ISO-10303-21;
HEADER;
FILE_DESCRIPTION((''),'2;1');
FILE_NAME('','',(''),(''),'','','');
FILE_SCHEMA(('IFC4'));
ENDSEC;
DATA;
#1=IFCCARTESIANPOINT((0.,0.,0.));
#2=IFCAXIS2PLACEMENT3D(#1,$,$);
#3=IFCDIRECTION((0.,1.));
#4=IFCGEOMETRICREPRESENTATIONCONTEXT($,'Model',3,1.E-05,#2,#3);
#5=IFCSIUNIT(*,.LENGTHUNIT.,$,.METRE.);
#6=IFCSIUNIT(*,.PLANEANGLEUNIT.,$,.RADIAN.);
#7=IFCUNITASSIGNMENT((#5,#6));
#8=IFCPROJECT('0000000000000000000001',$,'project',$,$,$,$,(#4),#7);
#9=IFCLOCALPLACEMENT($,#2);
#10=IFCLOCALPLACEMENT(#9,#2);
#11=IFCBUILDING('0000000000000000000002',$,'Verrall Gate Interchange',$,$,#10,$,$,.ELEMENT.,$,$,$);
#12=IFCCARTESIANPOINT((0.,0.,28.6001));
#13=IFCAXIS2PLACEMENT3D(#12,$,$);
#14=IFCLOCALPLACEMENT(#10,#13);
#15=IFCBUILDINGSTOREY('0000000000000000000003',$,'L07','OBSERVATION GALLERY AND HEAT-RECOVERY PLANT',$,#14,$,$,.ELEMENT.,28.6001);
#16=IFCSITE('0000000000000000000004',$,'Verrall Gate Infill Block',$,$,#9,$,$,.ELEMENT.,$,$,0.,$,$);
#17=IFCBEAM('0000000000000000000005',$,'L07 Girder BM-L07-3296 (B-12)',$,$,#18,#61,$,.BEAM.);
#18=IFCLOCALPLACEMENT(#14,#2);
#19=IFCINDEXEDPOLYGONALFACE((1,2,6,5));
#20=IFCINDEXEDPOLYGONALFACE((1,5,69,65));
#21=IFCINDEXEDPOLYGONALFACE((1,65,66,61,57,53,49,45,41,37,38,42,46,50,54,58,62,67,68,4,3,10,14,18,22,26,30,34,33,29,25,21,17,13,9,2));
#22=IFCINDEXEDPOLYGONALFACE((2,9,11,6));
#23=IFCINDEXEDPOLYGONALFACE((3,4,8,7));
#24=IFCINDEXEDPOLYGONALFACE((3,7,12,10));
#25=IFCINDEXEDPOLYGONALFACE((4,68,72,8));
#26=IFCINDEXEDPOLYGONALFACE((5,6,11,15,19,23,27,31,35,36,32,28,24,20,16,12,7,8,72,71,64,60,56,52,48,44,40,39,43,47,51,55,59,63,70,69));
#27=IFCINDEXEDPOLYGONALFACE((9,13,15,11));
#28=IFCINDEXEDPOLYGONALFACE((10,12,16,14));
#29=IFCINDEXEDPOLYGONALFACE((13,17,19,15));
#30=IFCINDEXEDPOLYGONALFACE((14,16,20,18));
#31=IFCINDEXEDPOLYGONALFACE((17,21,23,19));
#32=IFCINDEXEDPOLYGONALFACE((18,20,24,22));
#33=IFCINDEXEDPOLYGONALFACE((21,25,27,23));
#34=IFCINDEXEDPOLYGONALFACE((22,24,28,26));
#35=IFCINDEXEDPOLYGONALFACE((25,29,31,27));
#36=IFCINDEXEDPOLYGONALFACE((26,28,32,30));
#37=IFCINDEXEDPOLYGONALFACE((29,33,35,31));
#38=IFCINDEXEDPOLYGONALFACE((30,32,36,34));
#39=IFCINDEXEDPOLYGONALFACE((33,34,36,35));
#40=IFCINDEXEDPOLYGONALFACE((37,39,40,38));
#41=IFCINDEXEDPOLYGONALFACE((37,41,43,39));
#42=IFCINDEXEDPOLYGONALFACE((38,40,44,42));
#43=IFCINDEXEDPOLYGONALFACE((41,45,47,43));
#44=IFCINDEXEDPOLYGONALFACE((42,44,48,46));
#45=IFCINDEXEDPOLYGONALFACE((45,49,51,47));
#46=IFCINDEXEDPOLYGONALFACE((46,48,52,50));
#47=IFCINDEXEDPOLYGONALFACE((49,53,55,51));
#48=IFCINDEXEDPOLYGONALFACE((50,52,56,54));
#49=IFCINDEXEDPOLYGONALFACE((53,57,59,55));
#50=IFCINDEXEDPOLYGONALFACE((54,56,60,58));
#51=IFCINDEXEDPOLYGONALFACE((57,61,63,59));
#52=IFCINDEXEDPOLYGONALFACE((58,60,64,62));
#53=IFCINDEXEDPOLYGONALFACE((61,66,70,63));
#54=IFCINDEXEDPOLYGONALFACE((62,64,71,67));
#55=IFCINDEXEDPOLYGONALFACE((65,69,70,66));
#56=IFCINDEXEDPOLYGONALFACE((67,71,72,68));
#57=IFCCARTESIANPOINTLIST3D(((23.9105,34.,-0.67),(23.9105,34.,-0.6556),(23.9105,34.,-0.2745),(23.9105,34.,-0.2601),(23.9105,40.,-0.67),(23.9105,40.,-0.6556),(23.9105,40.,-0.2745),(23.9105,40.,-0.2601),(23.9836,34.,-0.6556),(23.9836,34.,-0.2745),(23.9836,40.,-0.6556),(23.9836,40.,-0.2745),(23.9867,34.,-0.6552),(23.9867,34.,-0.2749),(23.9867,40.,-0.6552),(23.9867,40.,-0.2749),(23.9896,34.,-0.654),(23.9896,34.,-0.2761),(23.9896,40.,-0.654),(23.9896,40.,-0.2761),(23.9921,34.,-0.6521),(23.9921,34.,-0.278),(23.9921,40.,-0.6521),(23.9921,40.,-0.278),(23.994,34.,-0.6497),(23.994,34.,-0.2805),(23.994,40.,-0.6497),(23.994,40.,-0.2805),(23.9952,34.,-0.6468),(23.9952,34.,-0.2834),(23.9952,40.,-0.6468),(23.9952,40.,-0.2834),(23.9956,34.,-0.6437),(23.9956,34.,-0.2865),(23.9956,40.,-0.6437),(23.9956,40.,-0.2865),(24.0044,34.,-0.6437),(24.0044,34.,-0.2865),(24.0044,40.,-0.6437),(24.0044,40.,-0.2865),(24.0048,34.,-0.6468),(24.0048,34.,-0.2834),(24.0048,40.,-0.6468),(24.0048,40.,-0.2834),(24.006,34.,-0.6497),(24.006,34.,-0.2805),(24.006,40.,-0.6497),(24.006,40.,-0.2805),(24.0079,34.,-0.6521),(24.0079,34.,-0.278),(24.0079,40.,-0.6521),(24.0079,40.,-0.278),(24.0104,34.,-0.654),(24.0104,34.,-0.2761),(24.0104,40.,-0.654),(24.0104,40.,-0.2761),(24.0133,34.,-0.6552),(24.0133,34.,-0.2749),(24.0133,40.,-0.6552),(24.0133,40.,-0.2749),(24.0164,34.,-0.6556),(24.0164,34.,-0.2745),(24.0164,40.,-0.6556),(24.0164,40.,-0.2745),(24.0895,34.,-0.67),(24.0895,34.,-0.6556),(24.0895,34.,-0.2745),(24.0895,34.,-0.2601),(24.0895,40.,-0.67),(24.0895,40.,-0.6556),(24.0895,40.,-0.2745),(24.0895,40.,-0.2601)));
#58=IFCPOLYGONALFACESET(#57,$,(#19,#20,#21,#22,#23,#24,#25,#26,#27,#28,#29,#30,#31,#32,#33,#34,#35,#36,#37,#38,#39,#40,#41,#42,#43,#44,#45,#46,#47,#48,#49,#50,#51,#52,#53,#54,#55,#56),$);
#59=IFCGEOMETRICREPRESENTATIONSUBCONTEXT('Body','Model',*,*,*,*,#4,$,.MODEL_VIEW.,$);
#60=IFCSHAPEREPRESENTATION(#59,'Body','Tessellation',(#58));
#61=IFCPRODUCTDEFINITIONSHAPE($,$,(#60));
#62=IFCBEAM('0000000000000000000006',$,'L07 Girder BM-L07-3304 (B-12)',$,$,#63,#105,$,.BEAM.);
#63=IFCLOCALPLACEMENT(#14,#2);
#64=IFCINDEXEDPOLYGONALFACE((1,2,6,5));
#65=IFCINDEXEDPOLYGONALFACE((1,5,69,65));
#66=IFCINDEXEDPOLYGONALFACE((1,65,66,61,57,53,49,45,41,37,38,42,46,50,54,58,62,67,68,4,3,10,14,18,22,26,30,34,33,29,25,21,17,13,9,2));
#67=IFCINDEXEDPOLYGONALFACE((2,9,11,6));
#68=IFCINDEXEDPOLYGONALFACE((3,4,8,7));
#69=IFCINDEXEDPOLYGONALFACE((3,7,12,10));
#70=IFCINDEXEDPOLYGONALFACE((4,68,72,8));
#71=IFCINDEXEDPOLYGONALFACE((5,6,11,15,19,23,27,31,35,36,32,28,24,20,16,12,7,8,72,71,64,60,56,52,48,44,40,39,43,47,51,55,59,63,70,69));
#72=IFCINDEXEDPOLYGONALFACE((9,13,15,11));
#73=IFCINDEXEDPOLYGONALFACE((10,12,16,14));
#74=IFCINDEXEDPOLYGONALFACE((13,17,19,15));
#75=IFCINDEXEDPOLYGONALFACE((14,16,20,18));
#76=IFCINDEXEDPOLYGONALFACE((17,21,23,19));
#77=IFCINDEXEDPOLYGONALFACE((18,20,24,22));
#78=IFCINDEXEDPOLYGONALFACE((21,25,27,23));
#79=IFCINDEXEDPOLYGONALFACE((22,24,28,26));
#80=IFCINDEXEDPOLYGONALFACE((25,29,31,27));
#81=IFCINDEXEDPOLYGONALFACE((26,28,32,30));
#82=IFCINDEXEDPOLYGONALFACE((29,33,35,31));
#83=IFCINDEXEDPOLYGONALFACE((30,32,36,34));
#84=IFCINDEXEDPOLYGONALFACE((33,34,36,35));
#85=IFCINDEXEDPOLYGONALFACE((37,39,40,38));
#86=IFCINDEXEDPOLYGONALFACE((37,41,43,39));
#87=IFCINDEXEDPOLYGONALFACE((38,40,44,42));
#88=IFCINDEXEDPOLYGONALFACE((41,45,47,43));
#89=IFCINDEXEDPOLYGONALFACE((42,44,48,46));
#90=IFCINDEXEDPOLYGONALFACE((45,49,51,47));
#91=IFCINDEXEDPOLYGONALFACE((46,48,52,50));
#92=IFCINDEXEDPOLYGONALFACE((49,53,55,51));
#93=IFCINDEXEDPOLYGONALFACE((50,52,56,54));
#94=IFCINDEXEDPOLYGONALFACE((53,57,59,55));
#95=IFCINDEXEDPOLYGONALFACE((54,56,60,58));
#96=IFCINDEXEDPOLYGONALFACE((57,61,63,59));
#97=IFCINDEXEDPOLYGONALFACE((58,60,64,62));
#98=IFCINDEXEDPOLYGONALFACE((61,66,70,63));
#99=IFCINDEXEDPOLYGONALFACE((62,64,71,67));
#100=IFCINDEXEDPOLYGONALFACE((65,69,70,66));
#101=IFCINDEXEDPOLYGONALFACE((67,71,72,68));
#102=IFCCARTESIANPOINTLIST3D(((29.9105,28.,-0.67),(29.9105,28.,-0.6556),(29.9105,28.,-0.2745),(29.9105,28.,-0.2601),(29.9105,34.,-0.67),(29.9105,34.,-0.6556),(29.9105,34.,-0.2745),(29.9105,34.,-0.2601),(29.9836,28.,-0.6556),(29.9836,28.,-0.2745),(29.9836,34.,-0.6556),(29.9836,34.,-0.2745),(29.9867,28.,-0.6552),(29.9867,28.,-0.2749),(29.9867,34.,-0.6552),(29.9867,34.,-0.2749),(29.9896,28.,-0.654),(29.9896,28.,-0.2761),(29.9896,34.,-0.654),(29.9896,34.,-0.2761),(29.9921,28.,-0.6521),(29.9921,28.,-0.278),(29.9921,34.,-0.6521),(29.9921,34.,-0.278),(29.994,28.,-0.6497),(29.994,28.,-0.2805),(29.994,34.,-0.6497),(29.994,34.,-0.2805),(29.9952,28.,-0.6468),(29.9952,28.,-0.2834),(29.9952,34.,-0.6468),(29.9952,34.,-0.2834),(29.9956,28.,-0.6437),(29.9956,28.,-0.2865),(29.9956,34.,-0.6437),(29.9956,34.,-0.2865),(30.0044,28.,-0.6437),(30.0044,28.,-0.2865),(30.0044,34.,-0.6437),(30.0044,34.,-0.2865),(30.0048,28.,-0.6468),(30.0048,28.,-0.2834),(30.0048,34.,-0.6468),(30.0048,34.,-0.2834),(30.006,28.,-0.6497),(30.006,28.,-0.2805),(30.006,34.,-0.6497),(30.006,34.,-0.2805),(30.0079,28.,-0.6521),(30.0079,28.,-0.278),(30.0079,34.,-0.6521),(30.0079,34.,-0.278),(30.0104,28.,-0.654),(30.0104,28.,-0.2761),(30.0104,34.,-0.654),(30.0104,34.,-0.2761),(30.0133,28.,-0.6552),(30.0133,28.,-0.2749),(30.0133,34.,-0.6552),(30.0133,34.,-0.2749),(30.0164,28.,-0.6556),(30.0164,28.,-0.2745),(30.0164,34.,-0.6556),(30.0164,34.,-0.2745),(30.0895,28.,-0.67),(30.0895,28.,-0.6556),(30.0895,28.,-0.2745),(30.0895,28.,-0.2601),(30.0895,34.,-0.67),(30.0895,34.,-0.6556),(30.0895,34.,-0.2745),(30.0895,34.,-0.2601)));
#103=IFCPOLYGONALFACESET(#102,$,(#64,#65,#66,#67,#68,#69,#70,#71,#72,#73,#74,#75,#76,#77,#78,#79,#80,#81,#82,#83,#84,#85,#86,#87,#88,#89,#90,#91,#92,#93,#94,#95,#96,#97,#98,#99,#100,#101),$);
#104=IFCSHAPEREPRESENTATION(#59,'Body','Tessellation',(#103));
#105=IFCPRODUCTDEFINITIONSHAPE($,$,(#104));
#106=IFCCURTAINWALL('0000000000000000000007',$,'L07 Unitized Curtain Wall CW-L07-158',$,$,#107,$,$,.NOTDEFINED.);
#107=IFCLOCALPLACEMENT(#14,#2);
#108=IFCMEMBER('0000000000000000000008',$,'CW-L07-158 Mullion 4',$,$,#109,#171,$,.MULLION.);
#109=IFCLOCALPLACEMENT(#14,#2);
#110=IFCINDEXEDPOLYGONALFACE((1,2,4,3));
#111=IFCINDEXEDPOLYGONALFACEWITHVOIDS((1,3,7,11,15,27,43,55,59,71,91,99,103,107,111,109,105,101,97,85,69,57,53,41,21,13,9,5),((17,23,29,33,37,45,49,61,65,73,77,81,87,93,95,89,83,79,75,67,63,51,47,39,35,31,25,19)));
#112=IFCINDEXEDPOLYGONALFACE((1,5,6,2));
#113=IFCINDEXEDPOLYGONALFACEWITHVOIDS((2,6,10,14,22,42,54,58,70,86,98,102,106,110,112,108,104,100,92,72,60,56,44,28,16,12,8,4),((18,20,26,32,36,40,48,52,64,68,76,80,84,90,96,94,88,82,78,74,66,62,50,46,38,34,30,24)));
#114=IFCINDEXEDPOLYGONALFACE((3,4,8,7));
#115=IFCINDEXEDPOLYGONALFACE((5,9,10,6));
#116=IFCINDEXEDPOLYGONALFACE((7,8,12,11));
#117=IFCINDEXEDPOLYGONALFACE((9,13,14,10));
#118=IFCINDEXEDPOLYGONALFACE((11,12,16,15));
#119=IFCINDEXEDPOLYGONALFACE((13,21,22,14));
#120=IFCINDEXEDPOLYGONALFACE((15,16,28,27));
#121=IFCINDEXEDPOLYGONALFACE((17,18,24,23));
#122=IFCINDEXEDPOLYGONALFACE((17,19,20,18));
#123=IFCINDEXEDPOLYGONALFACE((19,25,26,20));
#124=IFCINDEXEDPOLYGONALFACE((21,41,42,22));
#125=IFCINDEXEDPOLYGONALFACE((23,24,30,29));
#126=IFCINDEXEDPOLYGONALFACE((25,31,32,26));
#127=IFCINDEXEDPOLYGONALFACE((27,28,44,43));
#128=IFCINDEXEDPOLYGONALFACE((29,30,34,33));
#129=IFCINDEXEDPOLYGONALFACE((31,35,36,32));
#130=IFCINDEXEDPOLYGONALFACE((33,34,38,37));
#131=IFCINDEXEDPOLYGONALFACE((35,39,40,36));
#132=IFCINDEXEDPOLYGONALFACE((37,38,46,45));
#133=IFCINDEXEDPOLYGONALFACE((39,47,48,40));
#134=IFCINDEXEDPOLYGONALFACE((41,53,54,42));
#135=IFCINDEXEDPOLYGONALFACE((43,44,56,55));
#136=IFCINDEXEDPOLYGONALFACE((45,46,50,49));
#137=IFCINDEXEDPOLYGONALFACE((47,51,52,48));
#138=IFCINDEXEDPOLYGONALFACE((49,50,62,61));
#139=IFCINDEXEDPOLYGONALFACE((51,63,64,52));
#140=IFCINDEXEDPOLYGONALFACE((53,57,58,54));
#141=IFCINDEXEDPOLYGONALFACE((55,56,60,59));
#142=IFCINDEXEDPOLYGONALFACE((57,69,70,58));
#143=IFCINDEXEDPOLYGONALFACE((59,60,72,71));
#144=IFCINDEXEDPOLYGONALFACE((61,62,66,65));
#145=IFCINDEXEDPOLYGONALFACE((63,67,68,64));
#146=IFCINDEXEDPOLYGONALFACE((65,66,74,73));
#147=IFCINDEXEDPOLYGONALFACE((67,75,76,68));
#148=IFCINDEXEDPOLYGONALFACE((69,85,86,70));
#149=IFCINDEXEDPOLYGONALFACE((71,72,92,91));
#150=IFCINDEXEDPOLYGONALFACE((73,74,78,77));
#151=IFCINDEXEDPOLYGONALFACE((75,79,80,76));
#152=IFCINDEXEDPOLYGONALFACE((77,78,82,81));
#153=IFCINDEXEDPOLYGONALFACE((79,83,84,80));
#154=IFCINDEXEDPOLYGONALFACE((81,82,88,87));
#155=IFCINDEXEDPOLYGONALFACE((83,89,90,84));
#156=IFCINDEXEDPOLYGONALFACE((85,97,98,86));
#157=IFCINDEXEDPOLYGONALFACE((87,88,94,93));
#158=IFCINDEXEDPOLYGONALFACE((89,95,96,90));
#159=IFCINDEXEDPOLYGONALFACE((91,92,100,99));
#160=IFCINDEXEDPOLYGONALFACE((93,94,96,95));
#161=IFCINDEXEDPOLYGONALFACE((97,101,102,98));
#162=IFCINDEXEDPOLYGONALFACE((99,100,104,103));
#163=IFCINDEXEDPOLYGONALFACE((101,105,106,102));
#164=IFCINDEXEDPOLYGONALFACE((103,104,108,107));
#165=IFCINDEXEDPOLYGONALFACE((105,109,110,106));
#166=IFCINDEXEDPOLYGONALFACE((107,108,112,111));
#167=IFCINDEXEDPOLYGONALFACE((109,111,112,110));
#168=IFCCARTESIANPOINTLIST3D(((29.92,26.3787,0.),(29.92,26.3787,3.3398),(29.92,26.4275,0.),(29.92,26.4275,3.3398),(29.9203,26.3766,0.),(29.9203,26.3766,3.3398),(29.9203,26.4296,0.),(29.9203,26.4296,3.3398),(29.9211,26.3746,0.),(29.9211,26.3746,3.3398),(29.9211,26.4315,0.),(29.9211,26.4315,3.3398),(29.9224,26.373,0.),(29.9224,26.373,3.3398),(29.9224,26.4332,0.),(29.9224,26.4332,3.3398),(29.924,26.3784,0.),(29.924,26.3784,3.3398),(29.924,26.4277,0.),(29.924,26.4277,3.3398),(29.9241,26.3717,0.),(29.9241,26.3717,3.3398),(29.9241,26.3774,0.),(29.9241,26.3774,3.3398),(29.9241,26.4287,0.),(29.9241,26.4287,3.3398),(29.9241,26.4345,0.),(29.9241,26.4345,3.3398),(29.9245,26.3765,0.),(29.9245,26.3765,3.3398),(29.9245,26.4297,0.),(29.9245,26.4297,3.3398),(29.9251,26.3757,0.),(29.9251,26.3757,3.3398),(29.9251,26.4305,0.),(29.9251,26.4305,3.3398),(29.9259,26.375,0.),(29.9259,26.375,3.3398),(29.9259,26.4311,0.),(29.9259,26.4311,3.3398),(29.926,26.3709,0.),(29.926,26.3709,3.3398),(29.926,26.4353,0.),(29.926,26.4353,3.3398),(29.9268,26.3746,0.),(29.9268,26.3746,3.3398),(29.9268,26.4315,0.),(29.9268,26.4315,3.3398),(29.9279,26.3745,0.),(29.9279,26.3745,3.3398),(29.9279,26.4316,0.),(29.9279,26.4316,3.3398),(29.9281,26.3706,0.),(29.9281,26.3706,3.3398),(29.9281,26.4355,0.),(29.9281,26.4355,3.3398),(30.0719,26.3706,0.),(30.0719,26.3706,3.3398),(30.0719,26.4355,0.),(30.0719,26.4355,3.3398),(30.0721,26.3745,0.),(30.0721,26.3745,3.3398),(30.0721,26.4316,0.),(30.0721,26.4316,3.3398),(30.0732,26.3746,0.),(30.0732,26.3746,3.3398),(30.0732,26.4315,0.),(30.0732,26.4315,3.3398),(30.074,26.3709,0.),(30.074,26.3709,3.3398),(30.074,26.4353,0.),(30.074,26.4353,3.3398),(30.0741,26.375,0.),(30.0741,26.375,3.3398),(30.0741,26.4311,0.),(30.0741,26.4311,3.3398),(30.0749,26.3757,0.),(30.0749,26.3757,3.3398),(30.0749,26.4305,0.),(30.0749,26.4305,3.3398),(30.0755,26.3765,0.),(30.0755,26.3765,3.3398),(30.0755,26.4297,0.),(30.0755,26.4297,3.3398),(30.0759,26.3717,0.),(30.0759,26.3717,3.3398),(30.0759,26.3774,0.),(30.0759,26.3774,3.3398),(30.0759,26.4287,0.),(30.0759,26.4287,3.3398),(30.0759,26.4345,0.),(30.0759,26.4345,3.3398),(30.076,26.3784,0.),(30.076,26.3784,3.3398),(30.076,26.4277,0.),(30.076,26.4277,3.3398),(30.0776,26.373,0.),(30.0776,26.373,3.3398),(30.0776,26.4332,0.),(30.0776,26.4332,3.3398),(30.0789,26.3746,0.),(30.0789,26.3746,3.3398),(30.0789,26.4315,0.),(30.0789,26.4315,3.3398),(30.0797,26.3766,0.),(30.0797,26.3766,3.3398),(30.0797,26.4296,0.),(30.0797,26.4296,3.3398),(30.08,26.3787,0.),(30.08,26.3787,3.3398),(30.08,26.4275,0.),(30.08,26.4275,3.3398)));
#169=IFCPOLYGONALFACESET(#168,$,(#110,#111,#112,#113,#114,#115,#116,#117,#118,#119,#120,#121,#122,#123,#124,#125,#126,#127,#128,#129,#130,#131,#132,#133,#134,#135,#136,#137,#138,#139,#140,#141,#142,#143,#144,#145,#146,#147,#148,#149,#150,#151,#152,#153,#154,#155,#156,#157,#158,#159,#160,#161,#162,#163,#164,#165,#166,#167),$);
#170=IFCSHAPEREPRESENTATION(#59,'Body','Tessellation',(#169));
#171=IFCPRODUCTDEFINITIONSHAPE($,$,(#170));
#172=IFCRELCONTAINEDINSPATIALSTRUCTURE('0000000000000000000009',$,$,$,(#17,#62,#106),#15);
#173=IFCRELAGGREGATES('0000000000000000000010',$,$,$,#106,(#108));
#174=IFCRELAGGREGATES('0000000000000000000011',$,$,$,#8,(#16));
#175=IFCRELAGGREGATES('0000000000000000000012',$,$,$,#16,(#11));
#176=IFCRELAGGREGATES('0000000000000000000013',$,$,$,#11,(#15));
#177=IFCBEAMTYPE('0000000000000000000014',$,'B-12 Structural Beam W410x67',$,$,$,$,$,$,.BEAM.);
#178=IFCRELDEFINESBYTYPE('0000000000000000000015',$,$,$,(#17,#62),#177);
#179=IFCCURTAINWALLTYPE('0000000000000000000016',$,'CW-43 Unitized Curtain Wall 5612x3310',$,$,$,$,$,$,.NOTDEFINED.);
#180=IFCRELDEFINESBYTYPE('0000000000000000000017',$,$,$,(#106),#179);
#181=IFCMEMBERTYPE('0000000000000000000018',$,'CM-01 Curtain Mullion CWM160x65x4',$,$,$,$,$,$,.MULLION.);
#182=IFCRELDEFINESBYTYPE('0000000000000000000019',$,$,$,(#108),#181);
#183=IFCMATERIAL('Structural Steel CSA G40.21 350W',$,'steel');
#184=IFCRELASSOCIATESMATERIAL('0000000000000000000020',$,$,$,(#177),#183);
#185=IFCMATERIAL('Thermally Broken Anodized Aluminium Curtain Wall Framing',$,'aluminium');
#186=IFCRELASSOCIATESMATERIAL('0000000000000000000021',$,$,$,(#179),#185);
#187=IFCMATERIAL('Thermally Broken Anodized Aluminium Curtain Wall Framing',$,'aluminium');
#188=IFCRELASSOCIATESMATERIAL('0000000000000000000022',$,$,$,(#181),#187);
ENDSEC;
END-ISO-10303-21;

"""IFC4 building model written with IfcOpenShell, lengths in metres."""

from ifc_helpers import new_model, si_unit, direction, frame, origin, origin_2d, place, context, subcontext, project, spatial, hollow_rectangle, i_section, extrude, material, material_profile, profile_set, type_object, element, aggregate, save


model = new_model("IFC4")

# Units and contexts
model_context = context("Model", 3, precision=1e-05, world=origin(), true_north=direction((0.0, 1.0)))
body_context = subcontext(model_context, "Body", "Model", "MODEL_VIEW")
ifc_project = project(units=[si_unit("LENGTHUNIT", "METRE"), si_unit("PLANEANGLEUNIT", "RADIAN")], contexts=[model_context])

# Site, building, storey
site_placement = place(None, origin())
site = spatial("IfcSite", under=ifc_project, at=site_placement, Name="Verrall Gate Infill Block", CompositionType="ELEMENT", RefElevation=0.0)
building_placement = place(site_placement, origin())
building = spatial("IfcBuilding", under=site, at=building_placement, Name="Verrall Gate Interchange", CompositionType="ELEMENT")
storey_placement = place(building_placement, frame((0.0, 0.0, 28.6001)))
storey = spatial("IfcBuildingStorey", under=building, at=storey_placement, Name="L07", Description="OBSERVATION GALLERY AND HEAT-RECOVERY PLANT", CompositionType="ELEMENT", Elevation=28.6001)

# Beams
ifc_material_1 = material(Name="Structural Steel CSA G40.21 350W", Category="steel")
ifc_material_profile_1 = material_profile(ifc_material_1, i_section(OverallWidth=0.179, OverallDepth=0.4099, WebThickness=0.0088, FlangeThickness=0.0144, FilletRadius=0.012, at=origin_2d()), Name="W410x67")
ifc_profile_set_1 = profile_set([ifc_material_profile_1], Name="Structural Steel CSA G40.21 350W")
beam_type_1 = type_object("IfcBeamType", Name="B-12 Structural Beam W410x67", PredefinedType="BEAM", material=ifc_profile_set_1)
for number, where, z_axis, x_axis, name in (
    (1, (24.0, 34.0, -0.4651), (0.0, 1.0, 0.0), (-1.0, 0.0, 0.0), "L07 Girder BM-L07-3296 (B-12)"),
    (2, (30.0, 28.0, -0.4651), (0.0, 1.0, 0.0), (-1.0, 0.0, 0.0), "L07 Girder BM-L07-3304 (B-12)"),
):
    element("IfcBeam", number, at=place(storey_placement, frame(where, z_axis=z_axis, x_axis=x_axis)), inside=storey, type_object=beam_type_1, Name=name, PredefinedType="BEAM", context=body_context, shape_type="SweptSolid", body=[
        extrude(i_section(OverallWidth=0.179, OverallDepth=0.4099, WebThickness=0.0088, FlangeThickness=0.0144, FilletRadius=0.012, at=origin_2d()), origin(), (0.0, 0.0, 1.0), 6.0),
    ])

# Curtain wall, member
ifc_material_2 = material(Name="Thermally Broken Anodized Aluminium Curtain Wall Framing", Category="aluminium")
curtain_wall_type_1 = type_object("IfcCurtainWallType", Name="CW-43 Unitized Curtain Wall 5612x3310", PredefinedType="NOTDEFINED", material=ifc_material_2)
curtain_wall_1_placement = place(storey_placement, origin())
curtain_wall_1 = element("IfcCurtainWall", 3, at=curtain_wall_1_placement, inside=storey, type_object=curtain_wall_type_1, Name="L07 Unitized Curtain Wall CW-L07-158", PredefinedType="NOTDEFINED")
ifc_material_3 = material(Name="Thermally Broken Anodized Aluminium Curtain Wall Framing", Category="aluminium")
ifc_material_profile_2 = material_profile(ifc_material_3, hollow_rectangle(XDim=0.0649, YDim=0.1599, WallThickness=0.0039, InnerFilletRadius=0.0039, OuterFilletRadius=0.0081, at=origin_2d()), Name="CWM160x65x4")
ifc_profile_set_2 = profile_set([ifc_material_profile_2], Name="Thermally Broken Anodized Aluminium Curtain Wall Framing")
member_type_1 = type_object("IfcMemberType", Name="CM-01 Curtain Mullion CWM160x65x4", PredefinedType="MULLION", material=ifc_profile_set_2)
member_1_placement = place(storey_placement, frame((30.0, 26.4031, 0.0), z_axis=(0.0, 0.0, 1.0), x_axis=(0.0, 1.0, 0.0)))
member_1 = element("IfcMember", 4, at=member_1_placement, type_object=member_type_1, Name="CW-L07-158 Mullion 4", PredefinedType="MULLION", context=body_context, shape_type="SweptSolid", body=[
    extrude(hollow_rectangle(XDim=0.0649, YDim=0.1599, WallThickness=0.0039, InnerFilletRadius=0.0039, OuterFilletRadius=0.0081, at=origin_2d()), origin(), (0.0, 0.0, 1.0), 3.3398),
])

aggregate(curtain_wall_1, [member_1])

save(model, "model.ifc")
